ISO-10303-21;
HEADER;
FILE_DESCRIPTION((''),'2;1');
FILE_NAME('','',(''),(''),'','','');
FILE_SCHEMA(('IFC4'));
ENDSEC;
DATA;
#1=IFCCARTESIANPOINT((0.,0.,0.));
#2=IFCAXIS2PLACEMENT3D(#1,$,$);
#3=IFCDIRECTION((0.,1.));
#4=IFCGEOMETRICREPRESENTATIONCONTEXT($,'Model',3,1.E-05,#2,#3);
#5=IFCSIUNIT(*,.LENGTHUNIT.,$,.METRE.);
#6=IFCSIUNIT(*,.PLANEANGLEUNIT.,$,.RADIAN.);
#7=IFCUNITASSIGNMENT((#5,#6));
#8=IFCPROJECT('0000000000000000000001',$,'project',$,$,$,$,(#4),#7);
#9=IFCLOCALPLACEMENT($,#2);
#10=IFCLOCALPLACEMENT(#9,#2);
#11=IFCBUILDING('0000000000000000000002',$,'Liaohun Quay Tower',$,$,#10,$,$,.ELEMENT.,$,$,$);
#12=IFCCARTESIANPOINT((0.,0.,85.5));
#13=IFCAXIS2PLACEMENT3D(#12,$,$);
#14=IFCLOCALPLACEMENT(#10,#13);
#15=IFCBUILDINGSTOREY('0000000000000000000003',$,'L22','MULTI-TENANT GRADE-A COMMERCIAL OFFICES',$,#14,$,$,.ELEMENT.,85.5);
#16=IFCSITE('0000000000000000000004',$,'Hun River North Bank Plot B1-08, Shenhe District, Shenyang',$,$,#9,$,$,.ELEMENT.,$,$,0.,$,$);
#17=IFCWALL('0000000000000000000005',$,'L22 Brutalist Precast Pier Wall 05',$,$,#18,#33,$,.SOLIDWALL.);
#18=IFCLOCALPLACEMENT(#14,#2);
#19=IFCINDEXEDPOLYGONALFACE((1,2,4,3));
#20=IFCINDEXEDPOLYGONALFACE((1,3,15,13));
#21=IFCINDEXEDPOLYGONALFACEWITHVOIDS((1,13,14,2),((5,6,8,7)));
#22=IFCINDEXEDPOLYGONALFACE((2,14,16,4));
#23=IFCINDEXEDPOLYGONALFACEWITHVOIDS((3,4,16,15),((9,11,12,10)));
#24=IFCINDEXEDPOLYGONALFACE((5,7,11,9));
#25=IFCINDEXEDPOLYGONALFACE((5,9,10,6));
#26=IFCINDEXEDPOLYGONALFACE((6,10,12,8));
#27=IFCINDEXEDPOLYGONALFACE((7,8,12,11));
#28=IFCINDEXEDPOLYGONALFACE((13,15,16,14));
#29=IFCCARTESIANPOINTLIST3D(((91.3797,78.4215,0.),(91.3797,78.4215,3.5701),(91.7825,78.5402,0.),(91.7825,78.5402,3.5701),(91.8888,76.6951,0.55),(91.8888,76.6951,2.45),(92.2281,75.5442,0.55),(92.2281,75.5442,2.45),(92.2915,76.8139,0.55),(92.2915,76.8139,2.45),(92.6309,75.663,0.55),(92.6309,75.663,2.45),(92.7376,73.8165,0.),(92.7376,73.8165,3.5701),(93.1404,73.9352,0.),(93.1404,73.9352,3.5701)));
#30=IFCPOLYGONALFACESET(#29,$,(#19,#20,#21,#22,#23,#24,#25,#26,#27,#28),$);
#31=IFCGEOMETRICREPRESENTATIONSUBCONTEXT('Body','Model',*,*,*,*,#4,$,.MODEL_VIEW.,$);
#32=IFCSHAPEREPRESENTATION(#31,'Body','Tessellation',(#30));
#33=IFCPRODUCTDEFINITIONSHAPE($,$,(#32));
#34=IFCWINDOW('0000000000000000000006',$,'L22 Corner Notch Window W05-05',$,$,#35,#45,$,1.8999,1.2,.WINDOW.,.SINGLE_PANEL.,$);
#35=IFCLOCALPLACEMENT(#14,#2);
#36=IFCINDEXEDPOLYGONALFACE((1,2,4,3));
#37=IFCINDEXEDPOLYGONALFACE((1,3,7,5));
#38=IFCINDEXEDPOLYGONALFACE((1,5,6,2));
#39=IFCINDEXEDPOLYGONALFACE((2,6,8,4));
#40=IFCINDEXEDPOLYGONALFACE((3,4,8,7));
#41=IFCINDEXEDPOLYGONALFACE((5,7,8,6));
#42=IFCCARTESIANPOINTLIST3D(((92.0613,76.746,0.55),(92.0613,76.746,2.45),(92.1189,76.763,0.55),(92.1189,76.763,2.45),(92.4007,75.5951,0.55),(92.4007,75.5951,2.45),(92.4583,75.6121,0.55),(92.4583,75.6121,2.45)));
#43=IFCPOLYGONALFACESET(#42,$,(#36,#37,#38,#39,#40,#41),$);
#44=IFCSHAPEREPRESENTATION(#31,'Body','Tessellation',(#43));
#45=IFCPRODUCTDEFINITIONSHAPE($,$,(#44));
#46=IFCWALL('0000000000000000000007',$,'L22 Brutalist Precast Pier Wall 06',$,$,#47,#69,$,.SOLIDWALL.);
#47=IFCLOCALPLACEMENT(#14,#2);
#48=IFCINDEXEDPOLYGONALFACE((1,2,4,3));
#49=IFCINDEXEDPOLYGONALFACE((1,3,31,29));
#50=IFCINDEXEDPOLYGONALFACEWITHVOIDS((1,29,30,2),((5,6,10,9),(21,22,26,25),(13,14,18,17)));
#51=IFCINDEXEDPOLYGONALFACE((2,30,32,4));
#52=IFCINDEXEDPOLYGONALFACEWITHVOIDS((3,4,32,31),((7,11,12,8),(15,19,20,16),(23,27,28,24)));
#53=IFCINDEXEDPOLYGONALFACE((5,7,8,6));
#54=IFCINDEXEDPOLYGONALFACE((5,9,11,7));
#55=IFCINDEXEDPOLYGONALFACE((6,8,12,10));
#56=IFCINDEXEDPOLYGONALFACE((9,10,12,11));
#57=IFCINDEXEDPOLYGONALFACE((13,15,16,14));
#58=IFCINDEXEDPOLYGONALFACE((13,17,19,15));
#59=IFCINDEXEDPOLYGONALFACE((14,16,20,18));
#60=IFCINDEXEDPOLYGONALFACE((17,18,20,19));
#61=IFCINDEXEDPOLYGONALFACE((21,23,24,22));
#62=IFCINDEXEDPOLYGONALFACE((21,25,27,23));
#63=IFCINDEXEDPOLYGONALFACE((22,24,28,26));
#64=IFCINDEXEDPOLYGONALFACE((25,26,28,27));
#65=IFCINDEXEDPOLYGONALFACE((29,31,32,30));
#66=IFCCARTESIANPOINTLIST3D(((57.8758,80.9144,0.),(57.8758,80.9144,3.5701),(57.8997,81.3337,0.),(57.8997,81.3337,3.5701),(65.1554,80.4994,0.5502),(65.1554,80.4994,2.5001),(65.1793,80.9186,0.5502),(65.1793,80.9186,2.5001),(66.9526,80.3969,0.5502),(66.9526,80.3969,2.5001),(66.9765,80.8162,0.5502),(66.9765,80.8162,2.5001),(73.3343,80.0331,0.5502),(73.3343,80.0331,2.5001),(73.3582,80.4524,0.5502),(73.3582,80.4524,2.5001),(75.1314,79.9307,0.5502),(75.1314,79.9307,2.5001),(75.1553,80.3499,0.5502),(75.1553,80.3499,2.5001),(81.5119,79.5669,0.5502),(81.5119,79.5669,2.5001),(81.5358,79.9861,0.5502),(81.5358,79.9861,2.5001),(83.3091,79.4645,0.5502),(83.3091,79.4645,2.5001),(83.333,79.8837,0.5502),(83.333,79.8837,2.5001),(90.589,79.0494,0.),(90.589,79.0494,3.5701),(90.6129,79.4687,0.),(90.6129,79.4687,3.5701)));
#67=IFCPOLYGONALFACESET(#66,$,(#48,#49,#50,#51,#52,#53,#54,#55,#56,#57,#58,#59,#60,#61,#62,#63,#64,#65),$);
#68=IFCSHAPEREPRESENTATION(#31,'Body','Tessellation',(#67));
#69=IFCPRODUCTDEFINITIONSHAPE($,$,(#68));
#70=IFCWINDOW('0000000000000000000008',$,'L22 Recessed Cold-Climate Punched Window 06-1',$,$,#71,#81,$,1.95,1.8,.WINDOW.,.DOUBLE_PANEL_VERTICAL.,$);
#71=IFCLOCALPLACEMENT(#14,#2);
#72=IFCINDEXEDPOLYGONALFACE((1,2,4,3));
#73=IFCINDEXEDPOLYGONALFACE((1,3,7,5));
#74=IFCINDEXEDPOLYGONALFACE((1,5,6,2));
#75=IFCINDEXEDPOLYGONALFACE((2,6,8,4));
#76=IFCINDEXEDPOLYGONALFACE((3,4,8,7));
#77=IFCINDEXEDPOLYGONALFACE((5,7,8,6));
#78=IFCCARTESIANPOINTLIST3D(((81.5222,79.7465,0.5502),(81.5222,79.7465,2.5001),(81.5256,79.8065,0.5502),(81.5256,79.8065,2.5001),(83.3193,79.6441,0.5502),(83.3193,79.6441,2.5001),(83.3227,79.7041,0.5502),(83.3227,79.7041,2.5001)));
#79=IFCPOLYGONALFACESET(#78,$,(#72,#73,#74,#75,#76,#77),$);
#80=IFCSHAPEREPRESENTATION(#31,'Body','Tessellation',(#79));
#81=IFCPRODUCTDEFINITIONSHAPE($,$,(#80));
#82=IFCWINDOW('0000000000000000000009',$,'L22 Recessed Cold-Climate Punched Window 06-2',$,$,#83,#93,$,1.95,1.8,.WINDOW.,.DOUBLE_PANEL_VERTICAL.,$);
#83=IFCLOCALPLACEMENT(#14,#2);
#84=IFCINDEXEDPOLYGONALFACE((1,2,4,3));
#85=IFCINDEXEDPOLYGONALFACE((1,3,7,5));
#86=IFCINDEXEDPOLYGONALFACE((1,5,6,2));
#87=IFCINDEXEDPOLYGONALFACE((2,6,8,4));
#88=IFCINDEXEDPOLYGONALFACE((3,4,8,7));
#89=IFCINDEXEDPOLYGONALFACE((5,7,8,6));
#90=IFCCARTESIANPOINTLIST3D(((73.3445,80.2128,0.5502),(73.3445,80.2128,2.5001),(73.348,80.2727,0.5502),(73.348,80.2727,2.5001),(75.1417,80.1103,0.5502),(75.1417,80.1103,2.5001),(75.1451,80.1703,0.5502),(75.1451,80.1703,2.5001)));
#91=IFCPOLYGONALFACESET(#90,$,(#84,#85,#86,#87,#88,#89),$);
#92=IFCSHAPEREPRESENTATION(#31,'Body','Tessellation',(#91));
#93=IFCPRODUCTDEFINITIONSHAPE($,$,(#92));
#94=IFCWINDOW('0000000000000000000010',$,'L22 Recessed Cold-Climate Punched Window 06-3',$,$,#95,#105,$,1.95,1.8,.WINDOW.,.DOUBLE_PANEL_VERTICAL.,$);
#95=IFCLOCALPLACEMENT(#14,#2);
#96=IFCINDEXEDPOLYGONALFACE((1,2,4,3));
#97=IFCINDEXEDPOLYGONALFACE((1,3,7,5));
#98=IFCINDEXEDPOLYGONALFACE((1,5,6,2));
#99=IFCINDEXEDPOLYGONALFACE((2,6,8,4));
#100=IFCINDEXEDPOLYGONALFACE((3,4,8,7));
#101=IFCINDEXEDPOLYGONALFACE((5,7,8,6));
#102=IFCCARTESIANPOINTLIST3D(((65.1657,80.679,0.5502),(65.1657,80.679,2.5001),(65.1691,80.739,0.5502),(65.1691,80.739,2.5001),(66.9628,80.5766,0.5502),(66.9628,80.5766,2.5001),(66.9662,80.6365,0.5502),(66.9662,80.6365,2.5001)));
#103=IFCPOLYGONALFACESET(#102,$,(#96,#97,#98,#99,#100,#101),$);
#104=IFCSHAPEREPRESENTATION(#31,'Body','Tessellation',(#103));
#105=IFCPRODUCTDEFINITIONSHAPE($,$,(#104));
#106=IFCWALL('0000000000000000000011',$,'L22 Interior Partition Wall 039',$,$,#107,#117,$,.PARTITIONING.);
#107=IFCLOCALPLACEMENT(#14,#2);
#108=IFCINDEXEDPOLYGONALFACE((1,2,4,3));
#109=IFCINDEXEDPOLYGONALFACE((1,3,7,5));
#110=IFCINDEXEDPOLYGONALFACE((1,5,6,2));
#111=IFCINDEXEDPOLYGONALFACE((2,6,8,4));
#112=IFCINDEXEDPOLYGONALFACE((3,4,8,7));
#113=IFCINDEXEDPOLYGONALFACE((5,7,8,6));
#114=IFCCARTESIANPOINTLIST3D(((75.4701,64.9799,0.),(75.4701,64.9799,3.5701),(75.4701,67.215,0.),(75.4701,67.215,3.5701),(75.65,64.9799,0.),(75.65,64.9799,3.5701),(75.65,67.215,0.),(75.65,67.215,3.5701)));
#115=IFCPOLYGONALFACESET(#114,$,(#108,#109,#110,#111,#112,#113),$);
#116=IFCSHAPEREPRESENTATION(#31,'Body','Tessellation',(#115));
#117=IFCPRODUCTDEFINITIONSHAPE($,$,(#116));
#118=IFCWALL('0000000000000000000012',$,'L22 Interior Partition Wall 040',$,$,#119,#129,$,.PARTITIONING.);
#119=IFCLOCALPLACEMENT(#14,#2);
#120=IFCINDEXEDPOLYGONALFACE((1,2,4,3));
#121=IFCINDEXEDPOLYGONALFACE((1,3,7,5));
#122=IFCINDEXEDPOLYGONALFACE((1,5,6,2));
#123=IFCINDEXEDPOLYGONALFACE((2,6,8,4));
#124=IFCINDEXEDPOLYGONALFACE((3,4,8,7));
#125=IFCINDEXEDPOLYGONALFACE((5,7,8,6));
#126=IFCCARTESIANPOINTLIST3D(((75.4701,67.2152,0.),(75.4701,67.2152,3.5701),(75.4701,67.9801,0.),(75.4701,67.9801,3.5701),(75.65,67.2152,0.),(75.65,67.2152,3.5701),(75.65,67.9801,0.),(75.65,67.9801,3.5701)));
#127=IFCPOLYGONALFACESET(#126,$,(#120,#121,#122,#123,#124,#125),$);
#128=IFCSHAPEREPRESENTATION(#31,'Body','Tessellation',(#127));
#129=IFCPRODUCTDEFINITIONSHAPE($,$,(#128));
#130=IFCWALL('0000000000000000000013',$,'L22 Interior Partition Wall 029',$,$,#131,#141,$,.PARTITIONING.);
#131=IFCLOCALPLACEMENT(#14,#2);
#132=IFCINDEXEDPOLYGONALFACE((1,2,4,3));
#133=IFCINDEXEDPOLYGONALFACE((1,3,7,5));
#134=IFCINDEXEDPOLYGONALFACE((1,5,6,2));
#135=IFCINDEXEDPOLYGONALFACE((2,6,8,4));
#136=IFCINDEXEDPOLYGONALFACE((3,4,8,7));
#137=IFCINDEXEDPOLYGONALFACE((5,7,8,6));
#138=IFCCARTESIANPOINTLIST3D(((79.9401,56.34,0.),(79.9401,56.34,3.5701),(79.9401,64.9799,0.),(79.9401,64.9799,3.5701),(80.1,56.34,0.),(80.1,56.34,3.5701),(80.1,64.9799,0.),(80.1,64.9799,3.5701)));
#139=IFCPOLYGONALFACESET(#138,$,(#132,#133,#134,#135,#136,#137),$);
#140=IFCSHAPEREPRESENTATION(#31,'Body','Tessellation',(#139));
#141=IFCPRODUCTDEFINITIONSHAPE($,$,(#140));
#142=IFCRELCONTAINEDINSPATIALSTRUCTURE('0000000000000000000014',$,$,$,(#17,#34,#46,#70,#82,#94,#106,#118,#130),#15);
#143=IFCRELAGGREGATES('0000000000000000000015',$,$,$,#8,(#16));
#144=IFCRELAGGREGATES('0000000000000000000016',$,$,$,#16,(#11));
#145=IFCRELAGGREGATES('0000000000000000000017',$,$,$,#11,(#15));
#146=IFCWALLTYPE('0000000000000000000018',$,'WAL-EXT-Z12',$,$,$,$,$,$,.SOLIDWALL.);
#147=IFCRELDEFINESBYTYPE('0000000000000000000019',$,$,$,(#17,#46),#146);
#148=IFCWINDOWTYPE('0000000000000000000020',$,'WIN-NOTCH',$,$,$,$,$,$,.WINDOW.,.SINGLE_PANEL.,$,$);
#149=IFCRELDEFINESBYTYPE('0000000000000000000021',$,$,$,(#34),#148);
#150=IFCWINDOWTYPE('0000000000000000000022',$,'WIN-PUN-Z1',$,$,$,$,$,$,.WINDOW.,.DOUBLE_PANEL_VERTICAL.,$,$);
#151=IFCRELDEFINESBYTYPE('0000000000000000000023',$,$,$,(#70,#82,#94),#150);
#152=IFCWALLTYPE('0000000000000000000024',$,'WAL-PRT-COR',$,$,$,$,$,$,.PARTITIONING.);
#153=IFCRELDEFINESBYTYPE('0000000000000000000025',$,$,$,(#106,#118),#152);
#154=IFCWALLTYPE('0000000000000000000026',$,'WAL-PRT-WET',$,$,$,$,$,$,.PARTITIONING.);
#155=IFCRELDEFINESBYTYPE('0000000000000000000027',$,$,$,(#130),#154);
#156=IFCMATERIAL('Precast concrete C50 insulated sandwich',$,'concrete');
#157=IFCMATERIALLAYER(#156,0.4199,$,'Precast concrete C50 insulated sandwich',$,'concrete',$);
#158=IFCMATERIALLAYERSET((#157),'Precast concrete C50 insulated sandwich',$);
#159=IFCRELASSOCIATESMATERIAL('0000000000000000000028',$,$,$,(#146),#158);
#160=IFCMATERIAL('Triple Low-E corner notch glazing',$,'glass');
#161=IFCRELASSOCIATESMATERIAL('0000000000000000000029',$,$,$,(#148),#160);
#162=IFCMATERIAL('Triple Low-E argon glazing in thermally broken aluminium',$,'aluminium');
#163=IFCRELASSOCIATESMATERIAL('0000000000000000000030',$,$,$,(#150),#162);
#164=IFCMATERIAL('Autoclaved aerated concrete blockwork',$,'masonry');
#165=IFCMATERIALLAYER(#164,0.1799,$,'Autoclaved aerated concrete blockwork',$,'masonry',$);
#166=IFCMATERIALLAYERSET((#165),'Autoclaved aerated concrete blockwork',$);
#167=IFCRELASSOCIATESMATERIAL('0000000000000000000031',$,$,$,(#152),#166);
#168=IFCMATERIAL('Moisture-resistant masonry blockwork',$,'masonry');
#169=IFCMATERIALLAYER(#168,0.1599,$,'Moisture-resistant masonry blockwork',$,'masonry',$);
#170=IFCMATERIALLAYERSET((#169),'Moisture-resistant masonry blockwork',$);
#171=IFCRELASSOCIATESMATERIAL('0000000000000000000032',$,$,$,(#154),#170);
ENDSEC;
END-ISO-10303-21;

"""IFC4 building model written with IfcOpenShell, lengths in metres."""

from ifc_helpers import new_model, si_unit, direction, frame, frame_2d, origin, place, context, subcontext, project, spatial, rectangle, extrude, source, transform, mapped, material, layer, layer_set, type_object, element, fill, save


model = new_model("IFC4")

# Units and contexts
model_context = context("Model", 3, precision=1e-05, world=origin(), true_north=direction((0.0, 1.0)))
body_context = subcontext(model_context, "Body", "Model", "MODEL_VIEW")
ifc_project = project(units=[si_unit("LENGTHUNIT", "METRE"), si_unit("PLANEANGLEUNIT", "RADIAN")], contexts=[model_context])

# Site, building, storey
site_placement = place(None, origin())
site = spatial("IfcSite", under=ifc_project, at=site_placement, Name="Hun River North Bank Plot B1-08, Shenhe District, Shenyang", CompositionType="ELEMENT", RefElevation=0.0)
building_placement = place(site_placement, origin())
building = spatial("IfcBuilding", under=site, at=building_placement, Name="Liaohun Quay Tower", CompositionType="ELEMENT")
storey_placement = place(building_placement, frame((0.0, 0.0, 85.5)))
storey = spatial("IfcBuildingStorey", under=building, at=storey_placement, Name="L22", Description="MULTI-TENANT GRADE-A COMMERCIAL OFFICES", CompositionType="ELEMENT", Elevation=85.5)

# Wall, opening, window
ifc_material_1 = material(Name="Precast concrete C50 insulated sandwich", Category="concrete")
ifc_layer_1 = layer(ifc_material_1, 0.4199, Name="Precast concrete C50 insulated sandwich", Category="concrete")
ifc_layer_set_1 = layer_set([ifc_layer_1], Name="Precast concrete C50 insulated sandwich")
wall_type_1 = type_object("IfcWallType", Name="WAL-EXT-Z12", PredefinedType="SOLIDWALL", material=ifc_layer_set_1)
shared_shape_1 = source(origin(), body_context, "Body", "SweptSolid", [
    extrude(rectangle(XDim=1.2, YDim=1.8999, at=frame_2d((0.6001, 0.95))), frame((0.0, 0.22, 0.0), z_axis=(0.0, -1.0, 0.0), x_axis=(1.0, 0.0, 0.0)), (0.0, 0.0, 1.0), 0.4399),
])
ifc_material_2 = material(Name="Triple Low-E corner notch glazing", Category="glass")
window_type_1 = type_object("IfcWindowType", Name="WIN-NOTCH", PartitioningType="SINGLE_PANEL", PredefinedType="WINDOW", material=ifc_material_2)
shared_shape_2 = source(origin(), body_context, "Body", "SweptSolid", [
    extrude(rectangle(XDim=1.2, YDim=1.8999, at=frame_2d((0.6001, 0.95))), frame((0.0, 0.03, 0.0), z_axis=(0.0, -1.0, 0.0), x_axis=(1.0, 0.0, 0.0)), (0.0, 0.0, 1.0), 0.0601),
])
wall_1_placement = place(storey_placement, frame((92.939, 73.876, 0.0), z_axis=(0.0, 0.0, 1.0), x_axis=(-0.282838, 0.959168, 0.0)))
wall_1 = element("IfcWall", 1, at=wall_1_placement, inside=storey, type_object=wall_type_1, Name="L22 Brutalist Precast Pier Wall 05", PredefinedType="SOLIDWALL", context=body_context, shape_type="SweptSolid", body=[
    extrude(rectangle(XDim=4.801, YDim=0.4199, at=frame_2d((2.4004, 0.0))), origin(), (0.0, 0.0, 1.0), 3.5701),
])
opening_1_placement = place(wall_1_placement, frame((1.801, 0.0, 0.55)))
opening_1 = element("IfcOpeningElement", 2, at=opening_1_placement, cuts=wall_1, PredefinedType="OPENING", context=body_context, shape_type="MappedRepresentation", body=[
    mapped(shared_shape_1, transform((0.0, 0.0, 0.0), x_axis=(1.0, 0.0, 0.0), y_axis=(0.0, 1.0, 0.0), z_axis=(0.0, 0.0, 1.0), scale=1.0)),
])
window_1_placement = place(opening_1_placement, origin())
window_1 = element("IfcWindow", 3, at=window_1_placement, inside=storey, type_object=window_type_1, Name="L22 Corner Notch Window W05-05", OverallHeight=1.8999, OverallWidth=1.2, PartitioningType="SINGLE_PANEL", PredefinedType="WINDOW", context=body_context, shape_type="MappedRepresentation", body=[
    mapped(shared_shape_2, transform((0.0, 0.0, 0.0), x_axis=(1.0, 0.0, 0.0), y_axis=(0.0, 1.0, 0.0), z_axis=(0.0, 0.0, 1.0), scale=1.0)),
])
fill(opening_1, window_1)

# Wall, openings, windows
wall_2_placement = place(storey_placement, frame((90.6011, 79.259, 0.0), z_axis=(0.0, 0.0, 1.0), x_axis=(-0.998379, 0.056918, 0.0)))
wall_2 = element("IfcWall", 4, at=wall_2_placement, inside=storey, type_object=wall_type_1, Name="L22 Brutalist Precast Pier Wall 06", PredefinedType="SOLIDWALL", context=body_context, shape_type="SweptSolid", body=[
    extrude(rectangle(XDim=32.7664, YDim=0.4199, at=frame_2d((16.3833, 0.0))), origin(), (0.0, 0.0, 1.0), 3.5701),
])
shared_shape_3 = source(origin(), body_context, "Body", "SweptSolid", [
    extrude(rectangle(XDim=1.8, YDim=1.95, at=frame_2d((0.8999, 0.9751))), frame((0.0, 0.22, 0.0), z_axis=(0.0, -1.0, 0.0), x_axis=(1.0, 0.0, 0.0)), (0.0, 0.0, 1.0), 0.4399),
])
opening_2_placement = place(wall_2_placement, frame((7.292, 0.0, 0.55)))
opening_2 = element("IfcOpeningElement", 5, at=opening_2_placement, cuts=wall_2, PredefinedType="OPENING", context=body_context, shape_type="MappedRepresentation", body=[
    mapped(shared_shape_3, transform((0.0, 0.0, 0.0), x_axis=(1.0, 0.0, 0.0), y_axis=(0.0, 1.0, 0.0), z_axis=(0.0, 0.0, 1.0), scale=1.0)),
])
opening_3_placement = place(wall_2_placement, frame((15.4829, 0.0, 0.55)))
opening_3 = element("IfcOpeningElement", 6, at=opening_3_placement, cuts=wall_2, PredefinedType="OPENING", context=body_context, shape_type="MappedRepresentation", body=[
    mapped(shared_shape_3, transform((0.0, 0.0, 0.0), x_axis=(1.0, 0.0, 0.0), y_axis=(0.0, 1.0, 0.0), z_axis=(0.0, 0.0, 1.0), scale=1.0)),
])
opening_4_placement = place(wall_2_placement, frame((23.675, 0.0, 0.55)))
opening_4 = element("IfcOpeningElement", 7, at=opening_4_placement, cuts=wall_2, PredefinedType="OPENING", context=body_context, shape_type="MappedRepresentation", body=[
    mapped(shared_shape_3, transform((0.0, 0.0, 0.0), x_axis=(1.0, 0.0, 0.0), y_axis=(0.0, 1.0, 0.0), z_axis=(0.0, 0.0, 1.0), scale=1.0)),
])
ifc_material_3 = material(Name="Triple Low-E argon glazing in thermally broken aluminium", Category="aluminium")
window_type_2 = type_object("IfcWindowType", Name="WIN-PUN-Z1", PartitioningType="DOUBLE_PANEL_VERTICAL", PredefinedType="WINDOW", material=ifc_material_3)
shared_shape_4 = source(origin(), body_context, "Body", "SweptSolid", [
    extrude(rectangle(XDim=1.8, YDim=1.95, at=frame_2d((0.8999, 0.9751))), frame((0.0, 0.03, 0.0), z_axis=(0.0, -1.0, 0.0), x_axis=(1.0, 0.0, 0.0)), (0.0, 0.0, 1.0), 0.0601),
])
window_2_placement = place(opening_2_placement, origin())
window_2 = element("IfcWindow", 8, at=window_2_placement, inside=storey, type_object=window_type_2, Name="L22 Recessed Cold-Climate Punched Window 06-1", OverallHeight=1.95, OverallWidth=1.8, PartitioningType="DOUBLE_PANEL_VERTICAL", PredefinedType="WINDOW", context=body_context, shape_type="MappedRepresentation", body=[
    mapped(shared_shape_4, transform((0.0, 0.0, 0.0), x_axis=(1.0, 0.0, 0.0), y_axis=(0.0, 1.0, 0.0), z_axis=(0.0, 0.0, 1.0), scale=1.0)),
])
fill(opening_2, window_2)
window_3_placement = place(opening_3_placement, origin())
window_3 = element("IfcWindow", 9, at=window_3_placement, inside=storey, type_object=window_type_2, Name="L22 Recessed Cold-Climate Punched Window 06-2", OverallHeight=1.95, OverallWidth=1.8, PartitioningType="DOUBLE_PANEL_VERTICAL", PredefinedType="WINDOW", context=body_context, shape_type="MappedRepresentation", body=[
    mapped(shared_shape_4, transform((0.0, 0.0, 0.0), x_axis=(1.0, 0.0, 0.0), y_axis=(0.0, 1.0, 0.0), z_axis=(0.0, 0.0, 1.0), scale=1.0)),
])
fill(opening_3, window_3)
window_4_placement = place(opening_4_placement, origin())
window_4 = element("IfcWindow", 10, at=window_4_placement, inside=storey, type_object=window_type_2, Name="L22 Recessed Cold-Climate Punched Window 06-3", OverallHeight=1.95, OverallWidth=1.8, PartitioningType="DOUBLE_PANEL_VERTICAL", PredefinedType="WINDOW", context=body_context, shape_type="MappedRepresentation", body=[
    mapped(shared_shape_4, transform((0.0, 0.0, 0.0), x_axis=(1.0, 0.0, 0.0), y_axis=(0.0, 1.0, 0.0), z_axis=(0.0, 0.0, 1.0), scale=1.0)),
])
fill(opening_4, window_4)

# Walls
ifc_material_4 = material(Name="Autoclaved aerated concrete blockwork", Category="masonry")
ifc_layer_2 = layer(ifc_material_4, 0.1799, Name="Autoclaved aerated concrete blockwork", Category="masonry")
ifc_layer_set_2 = layer_set([ifc_layer_2], Name="Autoclaved aerated concrete blockwork")
wall_type_2 = type_object("IfcWallType", Name="WAL-PRT-COR", PredefinedType="PARTITIONING", material=ifc_layer_set_2)
wall_3_placement = place(storey_placement, frame((75.5601, 67.2151, 0.0), z_axis=(0.0, 0.0, 1.0), x_axis=(0.0, -1.0, 0.0)))
element("IfcWall", 11, at=wall_3_placement, inside=storey, type_object=wall_type_2, Name="L22 Interior Partition Wall 039", PredefinedType="PARTITIONING", context=body_context, shape_type="SweptSolid", body=[
    extrude(rectangle(XDim=2.2351, YDim=0.1799, at=frame_2d((1.1177, 0.0))), origin(), (0.0, 0.0, 1.0), 3.5701),
])
wall_4_placement = place(storey_placement, frame((75.5601, 67.98, 0.0), z_axis=(0.0, 0.0, 1.0), x_axis=(0.0, -1.0, 0.0)))
element("IfcWall", 12, at=wall_4_placement, inside=storey, type_object=wall_type_2, Name="L22 Interior Partition Wall 040", PredefinedType="PARTITIONING", context=body_context, shape_type="SweptSolid", body=[
    extrude(rectangle(XDim=0.7649, YDim=0.1799, at=frame_2d((0.3823, 0.0))), origin(), (0.0, 0.0, 1.0), 3.5701),
])
ifc_material_5 = material(Name="Moisture-resistant masonry blockwork", Category="masonry")
ifc_layer_3 = layer(ifc_material_5, 0.1599, Name="Moisture-resistant masonry blockwork", Category="masonry")
ifc_layer_set_3 = layer_set([ifc_layer_3], Name="Moisture-resistant masonry blockwork")
wall_type_3 = type_object("IfcWallType", Name="WAL-PRT-WET", PredefinedType="PARTITIONING", material=ifc_layer_set_3)
wall_5_placement = place(storey_placement, frame((80.02, 56.3401, 0.0), z_axis=(0.0, 0.0, 1.0), x_axis=(0.0, 1.0, 0.0)))
element("IfcWall", 13, at=wall_5_placement, inside=storey, type_object=wall_type_3, Name="L22 Interior Partition Wall 029", PredefinedType="PARTITIONING", context=body_context, shape_type="SweptSolid", body=[
    extrude(rectangle(XDim=8.6399, YDim=0.1599, at=frame_2d((4.3198, 0.0))), origin(), (0.0, 0.0, 1.0), 3.5701),
])

save(model, "model.ifc")
